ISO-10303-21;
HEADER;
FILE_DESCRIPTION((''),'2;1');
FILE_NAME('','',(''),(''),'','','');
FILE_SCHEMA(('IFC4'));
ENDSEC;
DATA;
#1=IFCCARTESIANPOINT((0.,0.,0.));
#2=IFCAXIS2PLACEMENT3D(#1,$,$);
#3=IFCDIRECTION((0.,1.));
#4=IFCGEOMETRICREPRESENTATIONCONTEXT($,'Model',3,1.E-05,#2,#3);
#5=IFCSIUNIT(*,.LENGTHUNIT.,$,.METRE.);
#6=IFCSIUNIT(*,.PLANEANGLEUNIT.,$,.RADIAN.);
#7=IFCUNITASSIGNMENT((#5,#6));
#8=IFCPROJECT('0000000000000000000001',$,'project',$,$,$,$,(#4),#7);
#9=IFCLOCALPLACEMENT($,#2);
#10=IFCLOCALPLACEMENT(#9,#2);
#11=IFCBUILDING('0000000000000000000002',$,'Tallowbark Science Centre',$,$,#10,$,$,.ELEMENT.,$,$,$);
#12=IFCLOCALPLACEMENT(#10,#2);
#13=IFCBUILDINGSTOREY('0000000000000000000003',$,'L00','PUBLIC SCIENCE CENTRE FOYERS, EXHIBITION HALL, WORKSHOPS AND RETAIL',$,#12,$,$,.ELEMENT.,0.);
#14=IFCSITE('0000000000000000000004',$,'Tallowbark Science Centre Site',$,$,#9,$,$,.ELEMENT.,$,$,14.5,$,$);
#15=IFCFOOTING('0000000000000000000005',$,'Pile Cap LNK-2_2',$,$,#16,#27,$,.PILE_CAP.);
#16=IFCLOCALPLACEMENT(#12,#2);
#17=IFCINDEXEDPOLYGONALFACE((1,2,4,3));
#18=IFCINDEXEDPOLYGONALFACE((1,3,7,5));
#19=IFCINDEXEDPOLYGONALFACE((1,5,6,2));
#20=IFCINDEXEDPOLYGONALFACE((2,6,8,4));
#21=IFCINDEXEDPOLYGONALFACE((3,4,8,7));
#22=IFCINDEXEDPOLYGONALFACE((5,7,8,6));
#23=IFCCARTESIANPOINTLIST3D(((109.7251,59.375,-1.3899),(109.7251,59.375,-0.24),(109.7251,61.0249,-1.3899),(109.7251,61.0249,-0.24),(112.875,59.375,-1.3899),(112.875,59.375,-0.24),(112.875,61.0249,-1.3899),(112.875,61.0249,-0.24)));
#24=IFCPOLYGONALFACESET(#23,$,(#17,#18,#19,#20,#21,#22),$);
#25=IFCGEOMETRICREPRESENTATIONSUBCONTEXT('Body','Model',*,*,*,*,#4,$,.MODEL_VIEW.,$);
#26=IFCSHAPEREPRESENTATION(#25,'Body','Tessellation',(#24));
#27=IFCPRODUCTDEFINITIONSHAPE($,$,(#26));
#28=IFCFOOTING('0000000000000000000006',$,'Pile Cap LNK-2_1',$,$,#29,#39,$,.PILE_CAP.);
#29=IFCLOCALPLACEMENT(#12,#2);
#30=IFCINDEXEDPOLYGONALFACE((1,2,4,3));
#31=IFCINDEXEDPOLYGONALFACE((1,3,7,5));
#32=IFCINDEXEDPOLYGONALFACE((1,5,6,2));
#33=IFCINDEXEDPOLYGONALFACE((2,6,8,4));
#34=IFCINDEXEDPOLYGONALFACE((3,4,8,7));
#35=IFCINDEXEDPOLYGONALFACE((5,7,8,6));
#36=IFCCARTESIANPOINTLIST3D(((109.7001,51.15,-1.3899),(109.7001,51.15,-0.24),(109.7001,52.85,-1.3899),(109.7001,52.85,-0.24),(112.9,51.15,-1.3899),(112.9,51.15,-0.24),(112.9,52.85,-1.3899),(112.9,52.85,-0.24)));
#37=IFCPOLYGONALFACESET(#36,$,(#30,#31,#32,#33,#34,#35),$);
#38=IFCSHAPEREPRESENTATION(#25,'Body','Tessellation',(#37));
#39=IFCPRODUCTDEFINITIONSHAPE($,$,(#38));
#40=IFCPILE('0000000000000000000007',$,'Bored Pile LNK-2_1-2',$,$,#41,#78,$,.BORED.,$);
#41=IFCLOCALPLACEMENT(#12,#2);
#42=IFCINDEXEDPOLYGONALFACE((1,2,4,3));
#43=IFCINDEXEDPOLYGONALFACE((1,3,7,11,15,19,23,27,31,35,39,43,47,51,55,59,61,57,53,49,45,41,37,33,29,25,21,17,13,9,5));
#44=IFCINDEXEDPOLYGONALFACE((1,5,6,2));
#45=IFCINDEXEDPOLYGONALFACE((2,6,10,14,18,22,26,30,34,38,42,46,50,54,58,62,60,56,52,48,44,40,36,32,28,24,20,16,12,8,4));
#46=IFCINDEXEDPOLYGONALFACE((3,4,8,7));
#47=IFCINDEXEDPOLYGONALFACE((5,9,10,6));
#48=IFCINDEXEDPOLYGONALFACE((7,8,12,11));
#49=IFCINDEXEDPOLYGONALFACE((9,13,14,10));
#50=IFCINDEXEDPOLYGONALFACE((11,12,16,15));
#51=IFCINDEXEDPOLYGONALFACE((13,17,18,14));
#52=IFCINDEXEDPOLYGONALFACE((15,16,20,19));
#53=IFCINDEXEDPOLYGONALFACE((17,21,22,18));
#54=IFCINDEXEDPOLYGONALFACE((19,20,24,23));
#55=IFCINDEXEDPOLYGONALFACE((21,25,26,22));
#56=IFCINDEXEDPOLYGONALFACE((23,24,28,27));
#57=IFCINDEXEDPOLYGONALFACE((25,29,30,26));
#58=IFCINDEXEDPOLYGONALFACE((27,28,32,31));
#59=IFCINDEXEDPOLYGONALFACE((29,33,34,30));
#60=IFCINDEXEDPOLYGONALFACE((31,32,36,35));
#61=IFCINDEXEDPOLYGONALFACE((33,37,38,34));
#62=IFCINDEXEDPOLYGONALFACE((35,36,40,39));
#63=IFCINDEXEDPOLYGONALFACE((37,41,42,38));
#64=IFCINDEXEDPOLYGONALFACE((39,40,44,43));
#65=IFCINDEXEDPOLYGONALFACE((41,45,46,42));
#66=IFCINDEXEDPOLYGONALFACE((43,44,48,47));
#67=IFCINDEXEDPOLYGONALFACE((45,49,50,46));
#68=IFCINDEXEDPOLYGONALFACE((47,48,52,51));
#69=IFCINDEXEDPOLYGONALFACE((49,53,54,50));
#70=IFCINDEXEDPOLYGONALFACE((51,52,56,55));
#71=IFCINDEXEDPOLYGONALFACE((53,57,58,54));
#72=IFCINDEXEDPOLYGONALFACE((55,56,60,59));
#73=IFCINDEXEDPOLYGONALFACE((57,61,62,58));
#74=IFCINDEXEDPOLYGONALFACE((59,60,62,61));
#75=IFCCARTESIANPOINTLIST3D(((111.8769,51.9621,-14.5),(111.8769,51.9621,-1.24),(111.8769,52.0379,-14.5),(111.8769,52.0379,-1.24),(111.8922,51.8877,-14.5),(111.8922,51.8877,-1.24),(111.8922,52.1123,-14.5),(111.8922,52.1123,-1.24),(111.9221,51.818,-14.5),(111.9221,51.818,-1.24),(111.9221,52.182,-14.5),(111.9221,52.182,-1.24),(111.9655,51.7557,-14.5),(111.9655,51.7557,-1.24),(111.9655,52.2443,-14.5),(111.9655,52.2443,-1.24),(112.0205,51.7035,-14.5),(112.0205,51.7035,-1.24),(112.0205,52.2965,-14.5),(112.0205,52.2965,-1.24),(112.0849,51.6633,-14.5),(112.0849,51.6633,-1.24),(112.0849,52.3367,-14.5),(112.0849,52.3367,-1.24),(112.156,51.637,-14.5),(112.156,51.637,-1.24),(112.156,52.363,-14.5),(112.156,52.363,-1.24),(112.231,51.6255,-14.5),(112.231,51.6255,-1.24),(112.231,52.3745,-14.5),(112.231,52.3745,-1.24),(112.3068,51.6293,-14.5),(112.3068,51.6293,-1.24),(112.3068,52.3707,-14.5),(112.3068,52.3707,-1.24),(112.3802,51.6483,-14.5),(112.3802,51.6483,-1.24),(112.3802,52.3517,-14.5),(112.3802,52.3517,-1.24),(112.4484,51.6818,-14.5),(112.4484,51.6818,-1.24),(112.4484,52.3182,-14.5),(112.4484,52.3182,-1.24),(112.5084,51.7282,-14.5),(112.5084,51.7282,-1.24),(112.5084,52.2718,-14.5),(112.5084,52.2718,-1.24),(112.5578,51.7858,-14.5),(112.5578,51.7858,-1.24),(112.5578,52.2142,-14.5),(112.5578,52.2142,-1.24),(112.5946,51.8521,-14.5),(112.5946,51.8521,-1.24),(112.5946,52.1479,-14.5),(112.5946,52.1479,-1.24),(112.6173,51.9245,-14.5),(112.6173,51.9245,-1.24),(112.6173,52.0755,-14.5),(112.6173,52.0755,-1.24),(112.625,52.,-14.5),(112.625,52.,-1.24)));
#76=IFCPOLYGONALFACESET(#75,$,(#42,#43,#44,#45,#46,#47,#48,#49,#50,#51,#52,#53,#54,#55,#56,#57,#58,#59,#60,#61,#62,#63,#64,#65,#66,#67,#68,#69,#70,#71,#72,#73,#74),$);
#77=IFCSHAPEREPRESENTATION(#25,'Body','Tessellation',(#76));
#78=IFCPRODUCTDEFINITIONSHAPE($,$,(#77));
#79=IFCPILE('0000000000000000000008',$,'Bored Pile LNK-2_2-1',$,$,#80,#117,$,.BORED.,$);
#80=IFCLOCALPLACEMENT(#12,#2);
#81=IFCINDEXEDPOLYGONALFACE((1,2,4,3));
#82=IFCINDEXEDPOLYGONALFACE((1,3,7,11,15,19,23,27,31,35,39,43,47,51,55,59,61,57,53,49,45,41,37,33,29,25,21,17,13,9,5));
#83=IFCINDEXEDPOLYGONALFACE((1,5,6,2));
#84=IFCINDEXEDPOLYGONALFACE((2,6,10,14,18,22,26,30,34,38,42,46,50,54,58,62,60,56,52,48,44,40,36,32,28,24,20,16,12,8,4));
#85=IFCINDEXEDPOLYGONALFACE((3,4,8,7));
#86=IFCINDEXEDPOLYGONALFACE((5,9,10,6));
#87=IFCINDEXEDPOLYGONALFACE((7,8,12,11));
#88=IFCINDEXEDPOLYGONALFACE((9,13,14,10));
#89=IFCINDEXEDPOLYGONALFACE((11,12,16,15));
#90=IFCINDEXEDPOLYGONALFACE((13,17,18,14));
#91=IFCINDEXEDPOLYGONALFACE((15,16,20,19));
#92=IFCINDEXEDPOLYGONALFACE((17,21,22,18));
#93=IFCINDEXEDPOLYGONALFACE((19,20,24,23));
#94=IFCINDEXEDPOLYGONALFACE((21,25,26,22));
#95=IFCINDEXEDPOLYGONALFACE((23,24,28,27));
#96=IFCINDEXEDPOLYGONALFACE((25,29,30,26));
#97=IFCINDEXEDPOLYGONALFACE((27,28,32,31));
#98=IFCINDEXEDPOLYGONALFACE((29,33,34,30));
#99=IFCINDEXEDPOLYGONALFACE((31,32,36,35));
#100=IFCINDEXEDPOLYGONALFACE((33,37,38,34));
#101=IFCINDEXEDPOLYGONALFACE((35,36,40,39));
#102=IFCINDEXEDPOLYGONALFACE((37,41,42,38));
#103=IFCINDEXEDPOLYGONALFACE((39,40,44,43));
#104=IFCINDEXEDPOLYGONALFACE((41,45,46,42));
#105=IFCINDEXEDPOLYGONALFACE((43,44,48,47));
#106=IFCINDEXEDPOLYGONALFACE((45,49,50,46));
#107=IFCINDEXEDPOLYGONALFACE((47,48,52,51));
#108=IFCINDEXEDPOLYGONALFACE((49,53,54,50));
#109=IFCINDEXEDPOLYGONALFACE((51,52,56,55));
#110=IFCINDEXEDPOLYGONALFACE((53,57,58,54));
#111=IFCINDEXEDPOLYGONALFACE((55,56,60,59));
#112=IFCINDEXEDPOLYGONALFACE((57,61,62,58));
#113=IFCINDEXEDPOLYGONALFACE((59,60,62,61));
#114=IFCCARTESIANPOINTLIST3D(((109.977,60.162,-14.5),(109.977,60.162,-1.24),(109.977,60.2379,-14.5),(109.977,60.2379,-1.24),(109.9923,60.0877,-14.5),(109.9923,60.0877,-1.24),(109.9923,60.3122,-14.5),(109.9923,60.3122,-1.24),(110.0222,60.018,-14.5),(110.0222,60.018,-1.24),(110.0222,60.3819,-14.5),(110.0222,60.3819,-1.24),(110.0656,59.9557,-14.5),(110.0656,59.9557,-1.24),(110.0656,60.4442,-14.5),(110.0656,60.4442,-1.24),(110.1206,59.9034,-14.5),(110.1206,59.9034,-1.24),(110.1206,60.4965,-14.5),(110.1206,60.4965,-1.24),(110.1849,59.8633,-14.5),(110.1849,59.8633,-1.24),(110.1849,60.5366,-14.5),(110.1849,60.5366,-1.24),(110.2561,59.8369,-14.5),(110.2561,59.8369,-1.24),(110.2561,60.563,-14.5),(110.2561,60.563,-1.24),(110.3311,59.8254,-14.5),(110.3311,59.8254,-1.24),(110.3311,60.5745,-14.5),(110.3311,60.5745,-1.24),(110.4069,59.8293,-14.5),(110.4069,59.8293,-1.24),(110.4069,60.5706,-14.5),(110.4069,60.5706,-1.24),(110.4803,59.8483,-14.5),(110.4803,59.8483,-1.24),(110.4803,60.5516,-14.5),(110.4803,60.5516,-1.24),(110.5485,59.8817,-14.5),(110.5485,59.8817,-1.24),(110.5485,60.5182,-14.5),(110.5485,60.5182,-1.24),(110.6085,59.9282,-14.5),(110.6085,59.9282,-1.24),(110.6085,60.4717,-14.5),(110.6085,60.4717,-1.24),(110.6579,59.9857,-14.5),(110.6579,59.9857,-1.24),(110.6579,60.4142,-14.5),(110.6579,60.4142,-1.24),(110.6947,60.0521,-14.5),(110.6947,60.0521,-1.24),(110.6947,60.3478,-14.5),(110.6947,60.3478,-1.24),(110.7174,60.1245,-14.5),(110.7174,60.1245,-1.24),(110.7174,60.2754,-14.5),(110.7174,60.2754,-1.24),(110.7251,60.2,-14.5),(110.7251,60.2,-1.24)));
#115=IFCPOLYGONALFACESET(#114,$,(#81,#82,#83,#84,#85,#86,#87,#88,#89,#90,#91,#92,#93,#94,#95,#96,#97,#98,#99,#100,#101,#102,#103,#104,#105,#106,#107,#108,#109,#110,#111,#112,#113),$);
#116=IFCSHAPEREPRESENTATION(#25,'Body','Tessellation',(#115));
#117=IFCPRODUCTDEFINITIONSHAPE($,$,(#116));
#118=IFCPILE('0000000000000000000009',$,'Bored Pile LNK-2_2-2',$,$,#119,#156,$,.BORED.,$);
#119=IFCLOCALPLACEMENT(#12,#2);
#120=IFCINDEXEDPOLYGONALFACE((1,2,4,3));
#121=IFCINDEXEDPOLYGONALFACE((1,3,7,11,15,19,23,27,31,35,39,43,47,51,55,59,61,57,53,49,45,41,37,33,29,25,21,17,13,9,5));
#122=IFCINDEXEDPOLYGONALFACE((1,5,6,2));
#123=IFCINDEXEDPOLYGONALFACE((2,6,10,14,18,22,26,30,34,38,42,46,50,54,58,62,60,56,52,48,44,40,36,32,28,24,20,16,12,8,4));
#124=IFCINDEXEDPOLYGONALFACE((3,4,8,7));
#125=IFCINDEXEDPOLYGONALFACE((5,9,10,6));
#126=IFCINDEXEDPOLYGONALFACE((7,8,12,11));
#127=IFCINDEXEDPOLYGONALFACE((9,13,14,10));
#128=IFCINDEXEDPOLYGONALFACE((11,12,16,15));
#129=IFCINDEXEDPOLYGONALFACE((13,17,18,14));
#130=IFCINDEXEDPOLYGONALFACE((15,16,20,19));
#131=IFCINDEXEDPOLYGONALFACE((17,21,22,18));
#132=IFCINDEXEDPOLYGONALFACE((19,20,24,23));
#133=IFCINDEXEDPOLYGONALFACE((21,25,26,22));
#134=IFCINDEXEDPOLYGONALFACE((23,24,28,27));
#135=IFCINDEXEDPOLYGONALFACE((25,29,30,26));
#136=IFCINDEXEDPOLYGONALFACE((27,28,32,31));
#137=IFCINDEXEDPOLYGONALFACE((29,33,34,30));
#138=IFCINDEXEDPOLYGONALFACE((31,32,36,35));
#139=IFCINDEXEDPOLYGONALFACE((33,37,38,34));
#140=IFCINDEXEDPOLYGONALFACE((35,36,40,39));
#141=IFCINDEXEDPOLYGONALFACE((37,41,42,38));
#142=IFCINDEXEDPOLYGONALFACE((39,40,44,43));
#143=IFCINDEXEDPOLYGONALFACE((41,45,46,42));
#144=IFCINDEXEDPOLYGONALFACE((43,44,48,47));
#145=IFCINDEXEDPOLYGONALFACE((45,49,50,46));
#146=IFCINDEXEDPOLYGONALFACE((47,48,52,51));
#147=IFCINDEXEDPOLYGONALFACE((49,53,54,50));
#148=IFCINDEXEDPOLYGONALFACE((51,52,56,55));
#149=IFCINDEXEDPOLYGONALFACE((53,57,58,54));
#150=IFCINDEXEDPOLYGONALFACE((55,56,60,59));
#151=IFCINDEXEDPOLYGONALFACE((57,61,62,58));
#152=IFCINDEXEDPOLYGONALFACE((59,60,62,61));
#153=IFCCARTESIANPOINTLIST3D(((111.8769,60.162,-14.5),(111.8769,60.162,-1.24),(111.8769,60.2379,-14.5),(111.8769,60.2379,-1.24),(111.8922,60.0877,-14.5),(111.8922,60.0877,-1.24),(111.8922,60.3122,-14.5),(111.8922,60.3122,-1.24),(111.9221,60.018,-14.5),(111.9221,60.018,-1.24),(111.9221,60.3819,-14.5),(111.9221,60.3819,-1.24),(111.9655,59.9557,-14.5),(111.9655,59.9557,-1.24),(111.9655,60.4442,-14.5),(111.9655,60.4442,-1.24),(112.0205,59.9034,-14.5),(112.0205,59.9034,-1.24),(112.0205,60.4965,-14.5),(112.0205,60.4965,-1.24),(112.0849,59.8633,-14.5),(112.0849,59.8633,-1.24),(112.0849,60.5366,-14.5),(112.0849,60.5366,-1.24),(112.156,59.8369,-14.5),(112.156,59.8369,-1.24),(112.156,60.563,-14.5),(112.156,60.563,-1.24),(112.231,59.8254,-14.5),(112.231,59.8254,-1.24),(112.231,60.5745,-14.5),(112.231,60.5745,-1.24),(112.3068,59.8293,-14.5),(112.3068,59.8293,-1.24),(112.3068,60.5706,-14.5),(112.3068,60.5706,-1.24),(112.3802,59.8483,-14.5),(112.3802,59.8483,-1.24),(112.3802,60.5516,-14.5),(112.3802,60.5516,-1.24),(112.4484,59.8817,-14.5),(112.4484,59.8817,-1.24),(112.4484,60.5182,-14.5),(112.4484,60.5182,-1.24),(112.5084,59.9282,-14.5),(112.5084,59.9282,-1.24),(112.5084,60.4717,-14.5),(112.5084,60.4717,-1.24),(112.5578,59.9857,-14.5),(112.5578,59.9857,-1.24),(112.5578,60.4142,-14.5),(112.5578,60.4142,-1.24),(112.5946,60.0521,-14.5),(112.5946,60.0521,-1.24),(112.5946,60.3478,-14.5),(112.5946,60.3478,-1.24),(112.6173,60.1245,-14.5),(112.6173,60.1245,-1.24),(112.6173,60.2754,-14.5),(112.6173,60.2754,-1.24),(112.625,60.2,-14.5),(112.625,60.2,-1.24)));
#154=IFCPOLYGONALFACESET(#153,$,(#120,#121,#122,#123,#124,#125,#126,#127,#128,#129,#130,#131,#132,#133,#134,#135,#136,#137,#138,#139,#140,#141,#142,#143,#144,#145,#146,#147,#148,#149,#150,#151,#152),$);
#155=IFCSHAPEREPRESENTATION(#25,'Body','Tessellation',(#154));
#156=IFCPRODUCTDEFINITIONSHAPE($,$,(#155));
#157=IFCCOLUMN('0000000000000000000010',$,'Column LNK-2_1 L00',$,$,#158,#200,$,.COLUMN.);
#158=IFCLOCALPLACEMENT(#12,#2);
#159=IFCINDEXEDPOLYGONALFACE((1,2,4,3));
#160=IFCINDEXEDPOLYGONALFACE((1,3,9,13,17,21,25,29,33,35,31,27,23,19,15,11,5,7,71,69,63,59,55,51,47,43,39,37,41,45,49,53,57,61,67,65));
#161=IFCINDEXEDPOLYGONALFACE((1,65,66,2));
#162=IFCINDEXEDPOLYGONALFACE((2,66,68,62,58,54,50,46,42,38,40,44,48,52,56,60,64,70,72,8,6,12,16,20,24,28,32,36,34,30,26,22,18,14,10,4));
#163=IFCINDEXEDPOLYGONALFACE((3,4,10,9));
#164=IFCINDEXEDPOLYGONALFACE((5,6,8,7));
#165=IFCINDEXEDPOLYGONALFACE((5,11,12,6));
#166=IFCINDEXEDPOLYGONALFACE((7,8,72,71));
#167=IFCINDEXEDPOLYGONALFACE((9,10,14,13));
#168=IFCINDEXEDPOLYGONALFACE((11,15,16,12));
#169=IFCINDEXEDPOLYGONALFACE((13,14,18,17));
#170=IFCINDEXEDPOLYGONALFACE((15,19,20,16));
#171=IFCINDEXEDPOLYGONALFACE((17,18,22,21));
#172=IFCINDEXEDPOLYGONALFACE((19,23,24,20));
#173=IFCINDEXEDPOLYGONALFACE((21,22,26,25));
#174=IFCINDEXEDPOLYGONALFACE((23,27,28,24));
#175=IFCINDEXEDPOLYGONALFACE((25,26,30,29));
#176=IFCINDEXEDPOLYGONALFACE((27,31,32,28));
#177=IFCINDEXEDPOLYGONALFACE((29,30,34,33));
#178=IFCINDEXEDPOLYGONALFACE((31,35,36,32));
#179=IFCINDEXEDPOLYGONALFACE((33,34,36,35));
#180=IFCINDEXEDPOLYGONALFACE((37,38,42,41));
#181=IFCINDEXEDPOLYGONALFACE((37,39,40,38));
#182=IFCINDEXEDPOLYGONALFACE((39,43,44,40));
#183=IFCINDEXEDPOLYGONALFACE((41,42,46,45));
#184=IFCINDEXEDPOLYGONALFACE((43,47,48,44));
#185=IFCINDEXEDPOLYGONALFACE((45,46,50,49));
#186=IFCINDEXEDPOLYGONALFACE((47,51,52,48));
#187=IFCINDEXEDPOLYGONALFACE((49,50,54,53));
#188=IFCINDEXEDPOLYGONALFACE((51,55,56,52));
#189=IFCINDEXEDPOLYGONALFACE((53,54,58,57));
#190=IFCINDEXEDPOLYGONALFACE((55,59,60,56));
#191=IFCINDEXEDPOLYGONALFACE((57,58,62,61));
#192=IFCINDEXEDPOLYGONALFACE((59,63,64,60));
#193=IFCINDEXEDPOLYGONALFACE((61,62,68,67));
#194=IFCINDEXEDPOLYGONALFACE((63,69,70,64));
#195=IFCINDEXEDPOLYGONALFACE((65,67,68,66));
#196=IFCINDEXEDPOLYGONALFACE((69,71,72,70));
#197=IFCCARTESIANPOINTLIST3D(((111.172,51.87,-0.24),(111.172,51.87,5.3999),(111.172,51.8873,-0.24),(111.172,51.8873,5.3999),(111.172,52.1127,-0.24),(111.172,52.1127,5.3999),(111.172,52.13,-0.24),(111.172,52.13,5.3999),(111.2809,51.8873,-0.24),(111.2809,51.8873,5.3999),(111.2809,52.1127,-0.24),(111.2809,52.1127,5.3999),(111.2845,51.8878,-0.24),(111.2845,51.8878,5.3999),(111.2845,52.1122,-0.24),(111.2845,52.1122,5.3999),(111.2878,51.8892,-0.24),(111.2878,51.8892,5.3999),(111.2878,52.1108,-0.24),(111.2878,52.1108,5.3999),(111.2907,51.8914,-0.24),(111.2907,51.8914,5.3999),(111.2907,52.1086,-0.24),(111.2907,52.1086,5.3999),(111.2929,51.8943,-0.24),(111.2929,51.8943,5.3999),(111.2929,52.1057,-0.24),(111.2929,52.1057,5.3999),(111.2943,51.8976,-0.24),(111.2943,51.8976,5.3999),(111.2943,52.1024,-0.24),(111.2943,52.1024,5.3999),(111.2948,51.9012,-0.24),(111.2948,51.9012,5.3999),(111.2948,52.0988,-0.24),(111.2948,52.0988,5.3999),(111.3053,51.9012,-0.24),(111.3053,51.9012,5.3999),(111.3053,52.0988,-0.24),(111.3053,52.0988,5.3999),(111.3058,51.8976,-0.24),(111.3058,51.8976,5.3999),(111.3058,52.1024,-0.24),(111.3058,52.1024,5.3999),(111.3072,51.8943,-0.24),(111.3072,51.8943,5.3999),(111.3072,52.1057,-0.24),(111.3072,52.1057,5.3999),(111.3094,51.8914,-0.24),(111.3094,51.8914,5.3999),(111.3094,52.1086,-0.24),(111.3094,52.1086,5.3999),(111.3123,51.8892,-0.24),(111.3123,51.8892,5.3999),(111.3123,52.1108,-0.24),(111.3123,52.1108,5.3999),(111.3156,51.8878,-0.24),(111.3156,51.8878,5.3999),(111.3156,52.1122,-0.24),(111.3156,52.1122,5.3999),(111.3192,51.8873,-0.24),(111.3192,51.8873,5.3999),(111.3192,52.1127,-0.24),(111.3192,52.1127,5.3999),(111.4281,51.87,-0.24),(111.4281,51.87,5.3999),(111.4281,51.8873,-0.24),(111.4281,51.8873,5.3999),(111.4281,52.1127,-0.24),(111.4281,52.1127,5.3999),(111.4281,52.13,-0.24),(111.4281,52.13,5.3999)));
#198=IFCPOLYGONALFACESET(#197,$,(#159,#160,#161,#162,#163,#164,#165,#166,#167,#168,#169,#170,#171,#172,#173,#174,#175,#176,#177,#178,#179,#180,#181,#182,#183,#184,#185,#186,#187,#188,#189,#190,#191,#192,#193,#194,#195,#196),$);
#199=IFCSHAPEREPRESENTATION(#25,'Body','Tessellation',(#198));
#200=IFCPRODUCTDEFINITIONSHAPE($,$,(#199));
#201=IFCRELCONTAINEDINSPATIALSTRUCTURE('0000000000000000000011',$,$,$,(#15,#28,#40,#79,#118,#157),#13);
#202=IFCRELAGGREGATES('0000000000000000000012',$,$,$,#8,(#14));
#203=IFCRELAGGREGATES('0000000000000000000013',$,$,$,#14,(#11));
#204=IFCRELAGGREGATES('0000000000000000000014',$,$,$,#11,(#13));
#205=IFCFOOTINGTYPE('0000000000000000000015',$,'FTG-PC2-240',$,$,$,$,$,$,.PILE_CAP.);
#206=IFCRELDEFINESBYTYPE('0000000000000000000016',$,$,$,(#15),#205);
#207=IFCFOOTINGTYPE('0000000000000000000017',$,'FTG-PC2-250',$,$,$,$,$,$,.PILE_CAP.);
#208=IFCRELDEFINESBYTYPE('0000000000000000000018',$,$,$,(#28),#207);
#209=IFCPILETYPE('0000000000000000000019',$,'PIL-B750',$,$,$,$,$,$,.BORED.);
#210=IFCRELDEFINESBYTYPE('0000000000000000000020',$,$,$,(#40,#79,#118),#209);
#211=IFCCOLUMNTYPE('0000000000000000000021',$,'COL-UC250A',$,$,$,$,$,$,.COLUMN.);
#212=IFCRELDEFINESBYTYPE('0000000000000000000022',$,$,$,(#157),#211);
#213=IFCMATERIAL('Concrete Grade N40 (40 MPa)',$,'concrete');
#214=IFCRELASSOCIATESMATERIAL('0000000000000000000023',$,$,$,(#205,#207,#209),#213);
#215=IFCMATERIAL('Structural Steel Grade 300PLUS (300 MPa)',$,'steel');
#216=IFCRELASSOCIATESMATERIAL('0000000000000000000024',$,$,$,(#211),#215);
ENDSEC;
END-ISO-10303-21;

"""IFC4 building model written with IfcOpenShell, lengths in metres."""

from ifc_helpers import new_model, si_unit, direction, frame, origin, origin_2d, place, context, subcontext, project, spatial, rectangle, circle, i_section, extrude, material, material_profile, profile_set, type_object, element, save


model = new_model("IFC4")

# Units and contexts
model_context = context("Model", 3, precision=1e-05, world=origin(), true_north=direction((0.0, 1.0)))
body_context = subcontext(model_context, "Body", "Model", "MODEL_VIEW")
ifc_project = project(units=[si_unit("LENGTHUNIT", "METRE"), si_unit("PLANEANGLEUNIT", "RADIAN")], contexts=[model_context])

# Site, building, storey
site_placement = place(None, origin())
site = spatial("IfcSite", under=ifc_project, at=site_placement, Name="Tallowbark Science Centre Site", CompositionType="ELEMENT", RefElevation=14.5)
building_placement = place(site_placement, origin())
building = spatial("IfcBuilding", under=site, at=building_placement, Name="Tallowbark Science Centre", CompositionType="ELEMENT")
storey_placement = place(building_placement, origin())
storey = spatial("IfcBuildingStorey", under=building, at=storey_placement, Name="L00", Description="PUBLIC SCIENCE CENTRE FOYERS, EXHIBITION HALL, WORKSHOPS AND RETAIL", CompositionType="ELEMENT", Elevation=0.0)

# Footings
ifc_material_1 = material(Name="Concrete Grade N40 (40 MPa)", Category="concrete")
footing_type_1 = type_object("IfcFootingType", Name="FTG-PC2-240", PredefinedType="PILE_CAP", material=ifc_material_1)
footing_1_placement = place(storey_placement, frame((111.3, 60.2, -1.3899), z_axis=(0.0, 0.0, 1.0), x_axis=(1.0, 0.0, 0.0)))
element("IfcFooting", 1, at=footing_1_placement, inside=storey, type_object=footing_type_1, Name="Pile Cap LNK-2_2", PredefinedType="PILE_CAP", context=body_context, shape_type="SweptSolid", body=[
    extrude(rectangle(XDim=3.1499, YDim=1.6499, at=origin_2d()), origin(), (0.0, 0.0, 1.0), 1.1499),
])
footing_type_2 = type_object("IfcFootingType", Name="FTG-PC2-250", PredefinedType="PILE_CAP", material=ifc_material_1)
footing_2_placement = place(storey_placement, frame((111.3, 52.0, -1.3899), z_axis=(0.0, 0.0, 1.0), x_axis=(1.0, 0.0, 0.0)))
element("IfcFooting", 2, at=footing_2_placement, inside=storey, type_object=footing_type_2, Name="Pile Cap LNK-2_1", PredefinedType="PILE_CAP", context=body_context, shape_type="SweptSolid", body=[
    extrude(rectangle(XDim=3.2, YDim=1.7, at=origin_2d()), origin(), (0.0, 0.0, 1.0), 1.1499),
])

# Piles
ifc_material_profile_1 = material_profile(ifc_material_1, circle(Radius=0.375, at=origin_2d()), Name="PILE750")
ifc_profile_set_1 = profile_set([ifc_material_profile_1], Name="Concrete Grade N40 (40 MPa)")
pile_type = type_object("IfcPileType", Name="PIL-B750", PredefinedType="BORED", material=ifc_profile_set_1)
for number, where, z_axis, x_axis, name in (
    (3, (112.25, 52.0, -1.24), (0.0, 0.0, -1.0), (1.0, 0.0, 0.0), "Bored Pile LNK-2_1-2"),
    (4, (110.3501, 60.2, -1.24), (0.0, 0.0, -1.0), (1.0, 0.0, 0.0), "Bored Pile LNK-2_2-1"),
    (5, (112.25, 60.2, -1.24), (0.0, 0.0, -1.0), (1.0, 0.0, 0.0), "Bored Pile LNK-2_2-2"),
):
    element("IfcPile", number, at=place(storey_placement, frame(where, z_axis=z_axis, x_axis=x_axis)), inside=storey, type_object=pile_type, Name=name, PredefinedType="BORED", context=body_context, shape_type="SweptSolid", body=[
        extrude(circle(Radius=0.375, at=origin_2d()), origin(), (0.0, 0.0, 1.0), 13.26),
    ])

# Column
ifc_material_2 = material(Name="Structural Steel Grade 300PLUS (300 MPa)", Category="steel")
ifc_material_profile_2 = material_profile(ifc_material_2, i_section(OverallWidth=0.2561, OverallDepth=0.26, WebThickness=0.0105, FlangeThickness=0.0173, FilletRadius=0.0139, at=origin_2d()), Name="250UC89.5")
ifc_profile_set_2 = profile_set([ifc_material_profile_2], Name="Structural Steel Grade 300PLUS (300 MPa)")
column_type = type_object("IfcColumnType", Name="COL-UC250A", PredefinedType="COLUMN", material=ifc_profile_set_2)
for number, where, z_axis, x_axis, name in (
    (6, (111.3, 52.0, -0.24), (0.0, 0.0, 1.0), (1.0, 0.0, 0.0), "Column LNK-2_1 L00"),
):
    element("IfcColumn", number, at=place(storey_placement, frame(where, z_axis=z_axis, x_axis=x_axis)), inside=storey, type_object=column_type, Name=name, PredefinedType="COLUMN", context=body_context, shape_type="SweptSolid", body=[
        extrude(i_section(OverallWidth=0.2561, OverallDepth=0.26, WebThickness=0.0105, FlangeThickness=0.0173, FilletRadius=0.0139, at=origin_2d()), origin(), (0.0, 0.0, 1.0), 5.6399),
    ])

save(model, "model.ifc")
